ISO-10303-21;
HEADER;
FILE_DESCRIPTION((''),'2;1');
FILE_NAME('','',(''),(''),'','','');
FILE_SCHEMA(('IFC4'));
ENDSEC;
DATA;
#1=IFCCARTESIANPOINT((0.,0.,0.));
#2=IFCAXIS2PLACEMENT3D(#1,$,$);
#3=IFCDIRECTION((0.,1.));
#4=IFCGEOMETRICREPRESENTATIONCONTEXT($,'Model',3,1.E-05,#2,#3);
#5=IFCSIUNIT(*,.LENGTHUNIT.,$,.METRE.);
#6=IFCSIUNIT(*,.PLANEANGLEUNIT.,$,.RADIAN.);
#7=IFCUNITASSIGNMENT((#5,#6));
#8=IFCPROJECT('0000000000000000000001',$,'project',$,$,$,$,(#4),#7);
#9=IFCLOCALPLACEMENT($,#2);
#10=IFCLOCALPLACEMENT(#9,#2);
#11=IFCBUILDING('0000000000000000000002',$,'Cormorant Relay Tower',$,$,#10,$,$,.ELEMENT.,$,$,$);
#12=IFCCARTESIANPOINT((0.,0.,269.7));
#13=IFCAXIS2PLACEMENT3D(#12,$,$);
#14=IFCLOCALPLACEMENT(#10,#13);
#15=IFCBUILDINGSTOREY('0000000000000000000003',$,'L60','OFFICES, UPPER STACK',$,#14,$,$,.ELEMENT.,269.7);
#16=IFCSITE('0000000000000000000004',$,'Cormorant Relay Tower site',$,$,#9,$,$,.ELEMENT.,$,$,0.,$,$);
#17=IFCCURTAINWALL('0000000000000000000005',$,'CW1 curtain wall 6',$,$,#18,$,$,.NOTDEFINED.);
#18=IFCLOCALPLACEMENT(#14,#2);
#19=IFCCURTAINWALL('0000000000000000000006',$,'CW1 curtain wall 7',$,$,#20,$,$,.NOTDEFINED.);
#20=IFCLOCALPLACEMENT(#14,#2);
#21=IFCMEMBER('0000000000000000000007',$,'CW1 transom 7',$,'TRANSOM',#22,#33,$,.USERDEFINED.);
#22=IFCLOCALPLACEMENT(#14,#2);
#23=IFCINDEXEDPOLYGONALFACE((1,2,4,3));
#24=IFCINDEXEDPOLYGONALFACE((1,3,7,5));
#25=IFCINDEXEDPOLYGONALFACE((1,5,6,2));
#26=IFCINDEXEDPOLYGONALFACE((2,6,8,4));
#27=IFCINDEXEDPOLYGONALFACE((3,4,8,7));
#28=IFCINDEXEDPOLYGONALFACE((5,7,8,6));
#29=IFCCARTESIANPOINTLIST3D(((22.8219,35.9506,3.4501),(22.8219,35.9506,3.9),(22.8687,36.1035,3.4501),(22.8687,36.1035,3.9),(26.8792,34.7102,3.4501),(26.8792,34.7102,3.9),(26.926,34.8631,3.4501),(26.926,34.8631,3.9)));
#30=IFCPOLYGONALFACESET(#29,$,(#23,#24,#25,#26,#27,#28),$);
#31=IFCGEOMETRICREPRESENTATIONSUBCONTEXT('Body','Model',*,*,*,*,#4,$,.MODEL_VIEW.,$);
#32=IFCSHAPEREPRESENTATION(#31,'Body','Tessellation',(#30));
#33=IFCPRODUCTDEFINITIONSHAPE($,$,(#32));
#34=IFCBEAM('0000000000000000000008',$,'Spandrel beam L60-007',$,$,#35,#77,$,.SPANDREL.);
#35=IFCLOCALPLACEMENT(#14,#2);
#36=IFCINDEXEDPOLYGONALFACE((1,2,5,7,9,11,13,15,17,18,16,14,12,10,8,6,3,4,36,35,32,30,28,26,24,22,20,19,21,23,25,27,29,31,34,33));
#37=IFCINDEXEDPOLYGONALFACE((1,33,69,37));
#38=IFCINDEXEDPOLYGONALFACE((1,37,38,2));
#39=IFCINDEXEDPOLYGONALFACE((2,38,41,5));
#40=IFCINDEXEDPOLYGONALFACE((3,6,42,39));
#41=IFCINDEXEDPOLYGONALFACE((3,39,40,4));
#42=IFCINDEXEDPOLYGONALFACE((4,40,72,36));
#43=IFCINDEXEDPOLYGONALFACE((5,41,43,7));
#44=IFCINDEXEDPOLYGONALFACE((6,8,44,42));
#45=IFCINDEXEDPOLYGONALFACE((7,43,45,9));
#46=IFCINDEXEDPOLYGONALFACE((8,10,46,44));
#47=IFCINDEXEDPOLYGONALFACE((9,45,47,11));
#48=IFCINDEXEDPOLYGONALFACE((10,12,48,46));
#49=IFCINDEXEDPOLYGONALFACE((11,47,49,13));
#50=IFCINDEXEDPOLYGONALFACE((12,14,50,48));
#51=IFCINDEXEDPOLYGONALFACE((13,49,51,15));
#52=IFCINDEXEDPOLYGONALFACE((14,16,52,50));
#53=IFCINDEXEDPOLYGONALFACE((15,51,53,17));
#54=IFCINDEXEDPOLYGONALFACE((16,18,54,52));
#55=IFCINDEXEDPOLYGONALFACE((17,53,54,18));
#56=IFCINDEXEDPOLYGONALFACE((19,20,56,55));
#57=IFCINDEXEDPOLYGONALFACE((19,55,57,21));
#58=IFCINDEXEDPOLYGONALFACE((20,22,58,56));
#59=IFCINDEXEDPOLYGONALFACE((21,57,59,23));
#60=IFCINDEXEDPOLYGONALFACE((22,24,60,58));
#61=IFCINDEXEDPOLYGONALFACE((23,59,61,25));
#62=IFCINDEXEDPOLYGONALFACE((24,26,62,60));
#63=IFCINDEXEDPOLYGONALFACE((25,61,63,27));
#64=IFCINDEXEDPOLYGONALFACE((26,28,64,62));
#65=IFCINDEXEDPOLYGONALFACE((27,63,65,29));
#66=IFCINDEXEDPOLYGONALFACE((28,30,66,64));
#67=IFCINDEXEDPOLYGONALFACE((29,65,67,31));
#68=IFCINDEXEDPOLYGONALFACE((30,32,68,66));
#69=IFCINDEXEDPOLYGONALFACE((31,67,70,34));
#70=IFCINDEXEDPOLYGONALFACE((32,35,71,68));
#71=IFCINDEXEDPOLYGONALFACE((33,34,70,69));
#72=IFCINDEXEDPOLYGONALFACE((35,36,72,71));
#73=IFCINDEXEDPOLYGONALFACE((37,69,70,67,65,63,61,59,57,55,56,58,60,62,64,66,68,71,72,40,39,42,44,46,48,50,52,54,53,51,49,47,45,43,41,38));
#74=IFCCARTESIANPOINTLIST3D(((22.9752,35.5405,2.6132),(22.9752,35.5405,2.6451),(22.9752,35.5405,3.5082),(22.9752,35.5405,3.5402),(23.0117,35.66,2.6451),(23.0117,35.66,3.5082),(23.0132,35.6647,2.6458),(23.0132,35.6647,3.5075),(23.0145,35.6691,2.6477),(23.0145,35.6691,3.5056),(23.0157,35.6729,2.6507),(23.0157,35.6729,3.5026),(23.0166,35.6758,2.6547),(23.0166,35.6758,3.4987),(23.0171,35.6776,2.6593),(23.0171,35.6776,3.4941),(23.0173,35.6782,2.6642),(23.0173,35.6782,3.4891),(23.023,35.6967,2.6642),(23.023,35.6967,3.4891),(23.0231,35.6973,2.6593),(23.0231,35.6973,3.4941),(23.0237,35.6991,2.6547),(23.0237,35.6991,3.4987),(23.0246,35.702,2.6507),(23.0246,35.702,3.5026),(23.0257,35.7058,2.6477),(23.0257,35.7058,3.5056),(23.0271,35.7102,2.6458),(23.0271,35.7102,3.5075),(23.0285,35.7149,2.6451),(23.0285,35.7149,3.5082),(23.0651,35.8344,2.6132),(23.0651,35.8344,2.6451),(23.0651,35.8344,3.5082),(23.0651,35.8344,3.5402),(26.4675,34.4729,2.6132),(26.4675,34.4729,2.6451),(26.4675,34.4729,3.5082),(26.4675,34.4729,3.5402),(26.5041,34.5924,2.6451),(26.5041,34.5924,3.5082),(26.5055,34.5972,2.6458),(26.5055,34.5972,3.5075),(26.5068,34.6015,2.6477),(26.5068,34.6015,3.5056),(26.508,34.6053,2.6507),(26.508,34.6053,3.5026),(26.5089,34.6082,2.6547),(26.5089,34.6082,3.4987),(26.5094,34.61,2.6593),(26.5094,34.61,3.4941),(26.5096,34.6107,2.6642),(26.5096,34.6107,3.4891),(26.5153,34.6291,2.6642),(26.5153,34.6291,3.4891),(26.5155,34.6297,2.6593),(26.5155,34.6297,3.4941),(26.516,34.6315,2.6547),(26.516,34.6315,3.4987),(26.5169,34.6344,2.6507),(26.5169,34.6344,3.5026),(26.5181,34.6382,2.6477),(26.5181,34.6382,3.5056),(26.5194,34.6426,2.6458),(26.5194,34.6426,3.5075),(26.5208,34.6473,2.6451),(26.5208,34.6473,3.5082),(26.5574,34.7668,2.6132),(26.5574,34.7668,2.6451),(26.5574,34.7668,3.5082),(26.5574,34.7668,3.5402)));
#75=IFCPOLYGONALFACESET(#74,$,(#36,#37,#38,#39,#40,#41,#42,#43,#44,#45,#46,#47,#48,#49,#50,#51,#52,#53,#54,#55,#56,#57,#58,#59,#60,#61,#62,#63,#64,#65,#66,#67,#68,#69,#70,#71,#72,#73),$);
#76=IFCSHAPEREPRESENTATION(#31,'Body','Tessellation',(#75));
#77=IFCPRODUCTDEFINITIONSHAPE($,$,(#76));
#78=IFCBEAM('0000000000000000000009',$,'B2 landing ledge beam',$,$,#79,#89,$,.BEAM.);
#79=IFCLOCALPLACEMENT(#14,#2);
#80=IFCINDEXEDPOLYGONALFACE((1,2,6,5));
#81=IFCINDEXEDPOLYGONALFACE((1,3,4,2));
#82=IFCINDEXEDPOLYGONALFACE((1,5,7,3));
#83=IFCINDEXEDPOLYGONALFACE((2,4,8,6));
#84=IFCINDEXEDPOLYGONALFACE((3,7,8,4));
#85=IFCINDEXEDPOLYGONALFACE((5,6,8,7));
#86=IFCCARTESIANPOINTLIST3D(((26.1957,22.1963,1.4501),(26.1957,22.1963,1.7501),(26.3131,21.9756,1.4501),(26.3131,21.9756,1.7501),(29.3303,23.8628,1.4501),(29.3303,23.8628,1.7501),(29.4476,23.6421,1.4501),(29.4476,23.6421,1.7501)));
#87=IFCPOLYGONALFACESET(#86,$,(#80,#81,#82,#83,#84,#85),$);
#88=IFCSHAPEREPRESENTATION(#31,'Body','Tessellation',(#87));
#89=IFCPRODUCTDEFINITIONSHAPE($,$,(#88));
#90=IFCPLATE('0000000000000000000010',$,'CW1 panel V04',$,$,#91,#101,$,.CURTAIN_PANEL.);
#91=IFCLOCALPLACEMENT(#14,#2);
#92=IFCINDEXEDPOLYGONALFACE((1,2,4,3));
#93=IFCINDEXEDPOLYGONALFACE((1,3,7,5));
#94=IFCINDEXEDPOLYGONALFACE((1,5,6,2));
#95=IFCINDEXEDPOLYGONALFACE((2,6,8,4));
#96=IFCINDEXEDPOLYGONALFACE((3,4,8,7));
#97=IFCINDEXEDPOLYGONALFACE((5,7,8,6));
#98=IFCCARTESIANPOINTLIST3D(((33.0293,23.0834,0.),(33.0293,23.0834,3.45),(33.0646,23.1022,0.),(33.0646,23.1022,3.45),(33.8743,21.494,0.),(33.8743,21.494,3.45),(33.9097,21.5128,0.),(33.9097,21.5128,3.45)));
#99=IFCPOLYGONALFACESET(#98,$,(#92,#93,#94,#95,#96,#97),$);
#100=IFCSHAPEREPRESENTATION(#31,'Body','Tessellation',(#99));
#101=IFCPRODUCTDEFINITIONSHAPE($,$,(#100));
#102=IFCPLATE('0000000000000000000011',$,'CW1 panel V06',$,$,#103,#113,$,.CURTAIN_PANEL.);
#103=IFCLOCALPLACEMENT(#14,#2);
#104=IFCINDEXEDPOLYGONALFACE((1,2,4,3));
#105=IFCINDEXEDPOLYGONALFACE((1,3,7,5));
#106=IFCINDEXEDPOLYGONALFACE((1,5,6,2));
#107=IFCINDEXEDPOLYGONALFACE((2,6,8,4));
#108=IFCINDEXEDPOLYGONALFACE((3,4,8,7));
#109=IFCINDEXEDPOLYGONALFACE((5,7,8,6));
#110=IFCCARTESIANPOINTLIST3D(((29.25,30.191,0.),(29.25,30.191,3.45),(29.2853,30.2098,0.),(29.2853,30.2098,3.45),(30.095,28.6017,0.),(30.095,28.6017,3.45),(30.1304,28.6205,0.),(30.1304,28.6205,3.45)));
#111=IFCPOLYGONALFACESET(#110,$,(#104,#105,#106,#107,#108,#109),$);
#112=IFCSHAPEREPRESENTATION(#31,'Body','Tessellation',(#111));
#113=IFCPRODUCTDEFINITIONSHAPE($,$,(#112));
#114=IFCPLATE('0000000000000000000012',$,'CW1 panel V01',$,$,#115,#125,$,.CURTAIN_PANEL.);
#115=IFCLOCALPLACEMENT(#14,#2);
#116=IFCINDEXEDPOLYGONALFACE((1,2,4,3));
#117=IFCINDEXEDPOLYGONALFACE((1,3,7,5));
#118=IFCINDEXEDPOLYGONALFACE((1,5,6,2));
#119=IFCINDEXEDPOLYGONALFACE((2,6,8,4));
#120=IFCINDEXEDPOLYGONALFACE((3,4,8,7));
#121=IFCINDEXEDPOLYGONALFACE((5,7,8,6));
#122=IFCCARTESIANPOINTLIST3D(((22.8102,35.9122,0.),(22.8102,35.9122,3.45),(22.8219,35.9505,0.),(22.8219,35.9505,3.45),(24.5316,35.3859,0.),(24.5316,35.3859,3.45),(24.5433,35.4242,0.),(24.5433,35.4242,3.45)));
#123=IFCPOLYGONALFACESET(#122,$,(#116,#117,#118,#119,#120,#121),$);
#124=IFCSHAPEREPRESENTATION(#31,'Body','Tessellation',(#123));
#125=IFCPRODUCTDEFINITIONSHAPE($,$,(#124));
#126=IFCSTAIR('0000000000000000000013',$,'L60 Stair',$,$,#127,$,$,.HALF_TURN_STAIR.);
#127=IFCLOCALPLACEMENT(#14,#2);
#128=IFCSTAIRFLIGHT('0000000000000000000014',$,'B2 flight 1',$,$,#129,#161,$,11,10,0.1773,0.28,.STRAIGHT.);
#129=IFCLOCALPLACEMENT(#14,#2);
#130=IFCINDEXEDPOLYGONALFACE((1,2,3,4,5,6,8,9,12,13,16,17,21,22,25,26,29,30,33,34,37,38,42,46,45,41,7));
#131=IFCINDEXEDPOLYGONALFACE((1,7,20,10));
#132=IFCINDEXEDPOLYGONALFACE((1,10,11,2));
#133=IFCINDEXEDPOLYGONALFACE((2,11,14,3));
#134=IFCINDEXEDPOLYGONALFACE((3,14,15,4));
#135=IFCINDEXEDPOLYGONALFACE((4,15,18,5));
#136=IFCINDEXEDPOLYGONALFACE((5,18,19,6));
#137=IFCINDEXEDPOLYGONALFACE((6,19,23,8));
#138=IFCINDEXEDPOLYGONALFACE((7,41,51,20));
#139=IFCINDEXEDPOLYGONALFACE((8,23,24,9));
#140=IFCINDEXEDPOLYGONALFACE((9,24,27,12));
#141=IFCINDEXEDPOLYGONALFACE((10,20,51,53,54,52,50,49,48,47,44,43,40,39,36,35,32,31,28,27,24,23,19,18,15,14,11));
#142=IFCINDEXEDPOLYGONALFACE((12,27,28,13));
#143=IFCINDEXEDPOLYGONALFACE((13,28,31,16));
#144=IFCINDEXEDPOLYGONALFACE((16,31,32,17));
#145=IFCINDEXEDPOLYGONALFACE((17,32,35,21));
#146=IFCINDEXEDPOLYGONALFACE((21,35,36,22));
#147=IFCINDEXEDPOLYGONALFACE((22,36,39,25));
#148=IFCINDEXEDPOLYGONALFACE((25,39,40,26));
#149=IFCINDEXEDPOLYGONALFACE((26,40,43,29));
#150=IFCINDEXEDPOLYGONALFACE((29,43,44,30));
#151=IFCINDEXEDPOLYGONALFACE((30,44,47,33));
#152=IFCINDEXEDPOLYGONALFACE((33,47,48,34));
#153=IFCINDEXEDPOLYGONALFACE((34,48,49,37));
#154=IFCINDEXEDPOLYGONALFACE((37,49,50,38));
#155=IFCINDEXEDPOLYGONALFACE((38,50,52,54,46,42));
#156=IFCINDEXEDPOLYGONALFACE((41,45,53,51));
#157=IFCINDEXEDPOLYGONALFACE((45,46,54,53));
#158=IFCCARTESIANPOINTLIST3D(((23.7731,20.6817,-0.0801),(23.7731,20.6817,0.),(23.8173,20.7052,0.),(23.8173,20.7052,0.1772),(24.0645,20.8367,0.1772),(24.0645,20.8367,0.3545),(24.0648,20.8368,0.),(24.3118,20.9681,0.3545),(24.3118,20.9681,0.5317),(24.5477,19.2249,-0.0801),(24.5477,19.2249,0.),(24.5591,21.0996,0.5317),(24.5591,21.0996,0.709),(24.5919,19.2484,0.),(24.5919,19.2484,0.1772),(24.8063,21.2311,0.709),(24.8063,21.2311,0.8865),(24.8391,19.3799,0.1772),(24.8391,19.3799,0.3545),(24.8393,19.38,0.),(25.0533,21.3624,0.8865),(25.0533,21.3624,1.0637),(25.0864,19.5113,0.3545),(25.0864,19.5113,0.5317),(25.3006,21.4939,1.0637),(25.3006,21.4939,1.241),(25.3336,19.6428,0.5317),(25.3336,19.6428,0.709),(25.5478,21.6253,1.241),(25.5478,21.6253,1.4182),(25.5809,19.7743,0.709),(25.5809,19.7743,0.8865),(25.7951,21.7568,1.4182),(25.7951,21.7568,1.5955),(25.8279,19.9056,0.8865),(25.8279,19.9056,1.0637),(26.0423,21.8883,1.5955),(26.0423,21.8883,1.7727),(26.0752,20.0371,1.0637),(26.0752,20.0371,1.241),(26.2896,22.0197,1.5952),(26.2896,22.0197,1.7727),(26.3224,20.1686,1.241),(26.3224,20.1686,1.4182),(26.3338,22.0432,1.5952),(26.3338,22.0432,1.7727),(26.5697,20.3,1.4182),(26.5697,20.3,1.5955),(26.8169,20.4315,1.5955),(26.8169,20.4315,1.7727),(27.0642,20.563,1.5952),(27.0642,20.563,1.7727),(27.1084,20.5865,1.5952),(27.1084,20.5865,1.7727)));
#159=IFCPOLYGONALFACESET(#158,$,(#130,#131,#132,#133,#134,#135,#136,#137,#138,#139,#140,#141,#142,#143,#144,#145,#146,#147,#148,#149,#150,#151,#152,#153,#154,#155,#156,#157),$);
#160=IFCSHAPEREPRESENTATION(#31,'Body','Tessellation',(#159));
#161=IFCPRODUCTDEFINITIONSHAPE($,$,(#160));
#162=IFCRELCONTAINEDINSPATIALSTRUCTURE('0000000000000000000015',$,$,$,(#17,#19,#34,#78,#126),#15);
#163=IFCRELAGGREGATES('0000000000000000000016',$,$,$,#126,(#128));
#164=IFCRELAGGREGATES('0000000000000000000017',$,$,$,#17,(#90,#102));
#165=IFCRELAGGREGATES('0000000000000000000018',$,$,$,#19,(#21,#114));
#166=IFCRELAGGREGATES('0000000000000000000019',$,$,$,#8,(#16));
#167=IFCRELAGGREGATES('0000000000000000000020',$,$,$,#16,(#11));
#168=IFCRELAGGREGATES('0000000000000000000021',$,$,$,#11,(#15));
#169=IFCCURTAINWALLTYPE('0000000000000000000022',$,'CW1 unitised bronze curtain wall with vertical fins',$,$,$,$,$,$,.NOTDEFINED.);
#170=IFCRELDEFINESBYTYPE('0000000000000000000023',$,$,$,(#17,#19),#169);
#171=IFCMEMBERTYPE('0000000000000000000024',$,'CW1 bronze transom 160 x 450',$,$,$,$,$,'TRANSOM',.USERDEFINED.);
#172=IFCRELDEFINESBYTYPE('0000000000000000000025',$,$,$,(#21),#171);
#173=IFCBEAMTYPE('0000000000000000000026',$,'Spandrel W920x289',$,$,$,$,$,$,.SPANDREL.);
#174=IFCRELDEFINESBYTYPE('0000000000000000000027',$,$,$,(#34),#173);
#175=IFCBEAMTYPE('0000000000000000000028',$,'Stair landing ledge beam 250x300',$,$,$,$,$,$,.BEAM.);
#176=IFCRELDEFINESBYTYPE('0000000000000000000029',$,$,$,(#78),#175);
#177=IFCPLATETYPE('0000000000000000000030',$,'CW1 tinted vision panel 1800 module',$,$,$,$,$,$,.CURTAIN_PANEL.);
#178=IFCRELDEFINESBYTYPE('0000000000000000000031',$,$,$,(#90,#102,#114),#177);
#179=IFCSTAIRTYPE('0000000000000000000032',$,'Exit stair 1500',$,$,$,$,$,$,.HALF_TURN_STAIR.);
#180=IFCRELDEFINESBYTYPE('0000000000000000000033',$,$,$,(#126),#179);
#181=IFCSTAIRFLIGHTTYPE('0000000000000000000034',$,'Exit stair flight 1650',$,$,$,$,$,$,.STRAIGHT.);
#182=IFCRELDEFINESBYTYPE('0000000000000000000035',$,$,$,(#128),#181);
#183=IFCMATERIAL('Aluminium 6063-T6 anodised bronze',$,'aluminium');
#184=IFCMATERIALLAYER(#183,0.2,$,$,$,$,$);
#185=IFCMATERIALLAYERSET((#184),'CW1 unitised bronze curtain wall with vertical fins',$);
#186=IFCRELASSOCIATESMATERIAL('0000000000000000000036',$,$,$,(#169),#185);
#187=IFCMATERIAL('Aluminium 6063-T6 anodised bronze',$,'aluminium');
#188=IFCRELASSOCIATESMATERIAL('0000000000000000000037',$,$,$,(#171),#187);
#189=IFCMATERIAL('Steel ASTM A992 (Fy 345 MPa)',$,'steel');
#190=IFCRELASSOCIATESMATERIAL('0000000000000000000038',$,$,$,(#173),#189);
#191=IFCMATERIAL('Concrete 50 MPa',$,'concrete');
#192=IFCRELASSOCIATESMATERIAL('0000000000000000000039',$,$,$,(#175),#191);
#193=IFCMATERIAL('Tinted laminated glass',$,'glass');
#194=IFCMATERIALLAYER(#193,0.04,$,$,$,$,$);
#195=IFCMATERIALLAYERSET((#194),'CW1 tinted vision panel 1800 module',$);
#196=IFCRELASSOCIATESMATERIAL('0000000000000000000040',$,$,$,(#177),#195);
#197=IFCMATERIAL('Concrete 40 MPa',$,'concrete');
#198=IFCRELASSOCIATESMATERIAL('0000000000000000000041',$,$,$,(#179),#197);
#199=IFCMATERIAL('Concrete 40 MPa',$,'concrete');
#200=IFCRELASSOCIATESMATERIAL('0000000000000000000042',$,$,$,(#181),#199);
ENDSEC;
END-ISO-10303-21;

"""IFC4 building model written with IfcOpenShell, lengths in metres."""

from ifc_helpers import new_model, si_unit, direction, frame, origin, origin_2d, place, context, subcontext, project, spatial, polyline, rectangle, i_section, outline, extrude, material, layer, layer_set, material_profile, profile_set, type_object, element, aggregate, save


model = new_model("IFC4")

# Units and contexts
model_context = context("Model", 3, precision=1e-05, world=origin(), true_north=direction((0.0, 1.0)))
body_context = subcontext(model_context, "Body", "Model", "MODEL_VIEW")
ifc_project = project(units=[si_unit("LENGTHUNIT", "METRE"), si_unit("PLANEANGLEUNIT", "RADIAN")], contexts=[model_context])

# Site, building, storey
site_placement = place(None, origin())
site = spatial("IfcSite", under=ifc_project, at=site_placement, Name="Cormorant Relay Tower site", CompositionType="ELEMENT", RefElevation=0.0)
building_placement = place(site_placement, origin())
building = spatial("IfcBuilding", under=site, at=building_placement, Name="Cormorant Relay Tower", CompositionType="ELEMENT")
storey_placement = place(building_placement, frame((0.0, 0.0, 269.7)))
storey = spatial("IfcBuildingStorey", under=building, at=storey_placement, Name="L60", Description="OFFICES, UPPER STACK", CompositionType="ELEMENT", Elevation=269.7)

# Curtain walls, member
ifc_material_1 = material(Name="Aluminium 6063-T6 anodised bronze", Category="aluminium")
ifc_layer_1 = layer(ifc_material_1, 0.2)
ifc_layer_set_1 = layer_set([ifc_layer_1], Name="CW1 unitised bronze curtain wall with vertical fins")
curtain_wall_type = type_object("IfcCurtainWallType", Name="CW1 unitised bronze curtain wall with vertical fins", PredefinedType="NOTDEFINED", material=ifc_layer_set_1)
curtain_wall_1_placement = place(storey_placement, origin())
curtain_wall_1 = element("IfcCurtainWall", 1, at=curtain_wall_1_placement, inside=storey, type_object=curtain_wall_type, Name="CW1 curtain wall 6", PredefinedType="NOTDEFINED")
curtain_wall_2_placement = place(storey_placement, origin())
curtain_wall_2 = element("IfcCurtainWall", 2, at=curtain_wall_2_placement, inside=storey, type_object=curtain_wall_type, Name="CW1 curtain wall 7", PredefinedType="NOTDEFINED")
ifc_material_2 = material(Name="Aluminium 6063-T6 anodised bronze", Category="aluminium")
ifc_material_profile_1 = material_profile(ifc_material_2, rectangle(XDim=0.1599, YDim=0.45, at=origin_2d()), Name="AL 160x450")
ifc_profile_set_1 = profile_set([ifc_material_profile_1], Name="Aluminium 6063-T6 anodised bronze")
member_type_1 = type_object("IfcMemberType", Name="CW1 bronze transom 160 x 450", ElementType="TRANSOM", PredefinedType="USERDEFINED", material=ifc_profile_set_1)
member_1_placement = place(storey_placement, frame((26.9026, 34.7866, 3.675), z_axis=(-0.956304, 0.292375, 0.0), x_axis=(-0.292375, -0.956304, 0.0)))
member_1 = element("IfcMember", 3, at=member_1_placement, type_object=member_type_1, Name="CW1 transom 7", ObjectType="TRANSOM", PredefinedType="USERDEFINED", context=body_context, shape_type="SweptSolid", body=[
    extrude(rectangle(XDim=0.1599, YDim=0.45, at=origin_2d()), origin(), (0.0, 0.0, 1.0), 4.2427),
])

# Beams
ifc_material_3 = material(Name="Steel ASTM A992 (Fy 345 MPa)", Category="steel")
ifc_material_profile_2 = material_profile(ifc_material_3, i_section(OverallWidth=0.3074, OverallDepth=0.927, WebThickness=0.0193, FlangeThickness=0.032, FilletRadius=0.019, at=origin_2d()), Name="W920x289")
ifc_profile_set_2 = profile_set([ifc_material_profile_2], Name="Steel ASTM A992 (Fy 345 MPa)")
beam_type_1 = type_object("IfcBeamType", Name="Spandrel W920x289", PredefinedType="SPANDREL", material=ifc_profile_set_2)
beam_1_placement = place(storey_placement, frame((26.5125, 34.6199, 3.0767), z_axis=(-0.956314, 0.292343, 0.0), x_axis=(-0.292343, -0.956314, 0.0)))
element("IfcBeam", 4, at=beam_1_placement, inside=storey, type_object=beam_type_1, Name="Spandrel beam L60-007", PredefinedType="SPANDREL", context=body_context, shape_type="SweptSolid", body=[
    extrude(i_section(OverallWidth=0.3074, OverallDepth=0.927, WebThickness=0.0193, FlangeThickness=0.032, FilletRadius=0.019, at=origin_2d()), origin(), (0.0, 0.0, 1.0), 3.6519),
])
ifc_material_4 = material(Name="Concrete 50 MPa", Category="concrete")
ifc_material_profile_3 = material_profile(ifc_material_4, rectangle(XDim=0.25, YDim=0.3, at=origin_2d()), Name="RC 250x300")
ifc_profile_set_3 = profile_set([ifc_material_profile_3], Name="Concrete 50 MPa")
beam_type_2 = type_object("IfcBeamType", Name="Stair landing ledge beam 250x300", PredefinedType="BEAM", material=ifc_profile_set_3)
beam_2_placement = place(storey_placement, frame((26.2544, 22.0859, 1.6001), z_axis=(0.882965, 0.469438, 0.0), x_axis=(-0.469438, 0.882965, 0.0)))
element("IfcBeam", 5, at=beam_2_placement, inside=storey, type_object=beam_type_2, Name="B2 landing ledge beam", PredefinedType="BEAM", context=body_context, shape_type="SweptSolid", body=[
    extrude(rectangle(XDim=0.25, YDim=0.3, at=origin_2d()), origin(), (0.0, 0.0, 1.0), 3.55),
])

# Plates
ifc_material_5 = material(Name="Tinted laminated glass", Category="glass")
ifc_layer_2 = layer(ifc_material_5, 0.04)
ifc_layer_set_2 = layer_set([ifc_layer_2], Name="CW1 tinted vision panel 1800 module")
plate_type = type_object("IfcPlateType", Name="CW1 tinted vision panel 1800 module", PredefinedType="CURTAIN_PANEL", material=ifc_layer_set_2)
plate_1_placement = place(storey_placement, frame((33.4695, 22.2981, 0.0), z_axis=(0.0, 0.0, 1.0), x_axis=(-0.469472, 0.882948, 0.0)))
plate_1 = element("IfcPlate", 6, at=plate_1_placement, type_object=plate_type, Name="CW1 panel V04", PredefinedType="CURTAIN_PANEL", context=body_context, shape_type="SweptSolid", body=[
    extrude(rectangle(XDim=1.8, YDim=0.04, at=origin_2d()), origin(), (0.0, 0.0, 1.0), 3.45),
])
plate_2_placement = place(storey_placement, frame((29.6902, 29.4058, 0.0), z_axis=(0.0, 0.0, 1.0), x_axis=(-0.469472, 0.882948, 0.0)))
plate_2 = element("IfcPlate", 7, at=plate_2_placement, type_object=plate_type, Name="CW1 panel V06", PredefinedType="CURTAIN_PANEL", context=body_context, shape_type="SweptSolid", body=[
    extrude(rectangle(XDim=1.8, YDim=0.04, at=origin_2d()), origin(), (0.0, 0.0, 1.0), 3.45),
])
plate_3_placement = place(storey_placement, frame((23.6768, 35.6682, 0.0), z_axis=(0.0, 0.0, 1.0), x_axis=(-0.956305, 0.292372, 0.0)))
plate_3 = element("IfcPlate", 8, at=plate_3_placement, type_object=plate_type, Name="CW1 panel V01", PredefinedType="CURTAIN_PANEL", context=body_context, shape_type="SweptSolid", body=[
    extrude(rectangle(XDim=1.8, YDim=0.04, at=origin_2d()), origin(), (0.0, 0.0, 1.0), 3.45),
])

# Stair, stair flight
ifc_material_6 = material(Name="Concrete 40 MPa", Category="concrete")
stair_type = type_object("IfcStairType", Name="Exit stair 1500", PredefinedType="HALF_TURN_STAIR", material=ifc_material_6)
stair_placement = place(storey_placement, origin())
stair = element("IfcStair", 9, at=stair_placement, inside=storey, type_object=stair_type, Name="L60 Stair", PredefinedType="HALF_TURN_STAIR")
ifc_material_7 = material(Name="Concrete 40 MPa", Category="concrete")
stair_flight_type = type_object("IfcStairFlightType", Name="Exit stair flight 1650", PredefinedType="STRAIGHT", material=ifc_material_7)
stair_flight_1_placement = place(storey_placement, frame((24.2046, 19.9768, 0.0), z_axis=(0.0, 0.0, 1.0), x_axis=(0.882948, 0.469472, 0.0)))
stair_flight_1 = element("IfcStairFlight", 10, at=stair_flight_1_placement, type_object=stair_flight_type, Name="B2 flight 1", NumberOfRisers=11, NumberOfTreads=10, PredefinedType="STRAIGHT", RiserHeight=0.1773, TreadLength=0.28, context=body_context, shape_type="SweptSolid", body=[
    extrude(outline(polyline([(-0.05, -0.0801), (-0.05, 0.0), (0.0, 0.0), (0.0, 0.1772), (0.28, 0.1772), (0.28, 0.3545), (0.5601, 0.3545), (0.5601, 0.5317), (0.8401, 0.5317), (0.8401, 0.709), (1.1201, 0.709), (1.1201, 0.8865), (1.3999, 0.8865), (1.3999, 1.0637), (1.6799, 1.0637), (1.6799, 1.241), (1.96, 1.241), (1.96, 1.4182), (2.24, 1.4182), (2.24, 1.5955), (2.52, 1.5955), (2.52, 1.7727), (2.8, 1.7727), (2.8501, 1.7727), (2.8501, 1.5952), (2.8, 1.5952), (0.2803, 0.0), (-0.05, -0.0801)])), frame((0.0, 0.825, 0.0), z_axis=(0.0, -1.0, 0.0), x_axis=(1.0, 0.0, 0.0)), (0.0, 0.0, 1.0), 1.6499),
])
aggregate(stair, [stair_flight_1])

aggregate(curtain_wall_1, [plate_1, plate_2])
aggregate(curtain_wall_2, [member_1, plate_3])

save(model, "model.ifc")
